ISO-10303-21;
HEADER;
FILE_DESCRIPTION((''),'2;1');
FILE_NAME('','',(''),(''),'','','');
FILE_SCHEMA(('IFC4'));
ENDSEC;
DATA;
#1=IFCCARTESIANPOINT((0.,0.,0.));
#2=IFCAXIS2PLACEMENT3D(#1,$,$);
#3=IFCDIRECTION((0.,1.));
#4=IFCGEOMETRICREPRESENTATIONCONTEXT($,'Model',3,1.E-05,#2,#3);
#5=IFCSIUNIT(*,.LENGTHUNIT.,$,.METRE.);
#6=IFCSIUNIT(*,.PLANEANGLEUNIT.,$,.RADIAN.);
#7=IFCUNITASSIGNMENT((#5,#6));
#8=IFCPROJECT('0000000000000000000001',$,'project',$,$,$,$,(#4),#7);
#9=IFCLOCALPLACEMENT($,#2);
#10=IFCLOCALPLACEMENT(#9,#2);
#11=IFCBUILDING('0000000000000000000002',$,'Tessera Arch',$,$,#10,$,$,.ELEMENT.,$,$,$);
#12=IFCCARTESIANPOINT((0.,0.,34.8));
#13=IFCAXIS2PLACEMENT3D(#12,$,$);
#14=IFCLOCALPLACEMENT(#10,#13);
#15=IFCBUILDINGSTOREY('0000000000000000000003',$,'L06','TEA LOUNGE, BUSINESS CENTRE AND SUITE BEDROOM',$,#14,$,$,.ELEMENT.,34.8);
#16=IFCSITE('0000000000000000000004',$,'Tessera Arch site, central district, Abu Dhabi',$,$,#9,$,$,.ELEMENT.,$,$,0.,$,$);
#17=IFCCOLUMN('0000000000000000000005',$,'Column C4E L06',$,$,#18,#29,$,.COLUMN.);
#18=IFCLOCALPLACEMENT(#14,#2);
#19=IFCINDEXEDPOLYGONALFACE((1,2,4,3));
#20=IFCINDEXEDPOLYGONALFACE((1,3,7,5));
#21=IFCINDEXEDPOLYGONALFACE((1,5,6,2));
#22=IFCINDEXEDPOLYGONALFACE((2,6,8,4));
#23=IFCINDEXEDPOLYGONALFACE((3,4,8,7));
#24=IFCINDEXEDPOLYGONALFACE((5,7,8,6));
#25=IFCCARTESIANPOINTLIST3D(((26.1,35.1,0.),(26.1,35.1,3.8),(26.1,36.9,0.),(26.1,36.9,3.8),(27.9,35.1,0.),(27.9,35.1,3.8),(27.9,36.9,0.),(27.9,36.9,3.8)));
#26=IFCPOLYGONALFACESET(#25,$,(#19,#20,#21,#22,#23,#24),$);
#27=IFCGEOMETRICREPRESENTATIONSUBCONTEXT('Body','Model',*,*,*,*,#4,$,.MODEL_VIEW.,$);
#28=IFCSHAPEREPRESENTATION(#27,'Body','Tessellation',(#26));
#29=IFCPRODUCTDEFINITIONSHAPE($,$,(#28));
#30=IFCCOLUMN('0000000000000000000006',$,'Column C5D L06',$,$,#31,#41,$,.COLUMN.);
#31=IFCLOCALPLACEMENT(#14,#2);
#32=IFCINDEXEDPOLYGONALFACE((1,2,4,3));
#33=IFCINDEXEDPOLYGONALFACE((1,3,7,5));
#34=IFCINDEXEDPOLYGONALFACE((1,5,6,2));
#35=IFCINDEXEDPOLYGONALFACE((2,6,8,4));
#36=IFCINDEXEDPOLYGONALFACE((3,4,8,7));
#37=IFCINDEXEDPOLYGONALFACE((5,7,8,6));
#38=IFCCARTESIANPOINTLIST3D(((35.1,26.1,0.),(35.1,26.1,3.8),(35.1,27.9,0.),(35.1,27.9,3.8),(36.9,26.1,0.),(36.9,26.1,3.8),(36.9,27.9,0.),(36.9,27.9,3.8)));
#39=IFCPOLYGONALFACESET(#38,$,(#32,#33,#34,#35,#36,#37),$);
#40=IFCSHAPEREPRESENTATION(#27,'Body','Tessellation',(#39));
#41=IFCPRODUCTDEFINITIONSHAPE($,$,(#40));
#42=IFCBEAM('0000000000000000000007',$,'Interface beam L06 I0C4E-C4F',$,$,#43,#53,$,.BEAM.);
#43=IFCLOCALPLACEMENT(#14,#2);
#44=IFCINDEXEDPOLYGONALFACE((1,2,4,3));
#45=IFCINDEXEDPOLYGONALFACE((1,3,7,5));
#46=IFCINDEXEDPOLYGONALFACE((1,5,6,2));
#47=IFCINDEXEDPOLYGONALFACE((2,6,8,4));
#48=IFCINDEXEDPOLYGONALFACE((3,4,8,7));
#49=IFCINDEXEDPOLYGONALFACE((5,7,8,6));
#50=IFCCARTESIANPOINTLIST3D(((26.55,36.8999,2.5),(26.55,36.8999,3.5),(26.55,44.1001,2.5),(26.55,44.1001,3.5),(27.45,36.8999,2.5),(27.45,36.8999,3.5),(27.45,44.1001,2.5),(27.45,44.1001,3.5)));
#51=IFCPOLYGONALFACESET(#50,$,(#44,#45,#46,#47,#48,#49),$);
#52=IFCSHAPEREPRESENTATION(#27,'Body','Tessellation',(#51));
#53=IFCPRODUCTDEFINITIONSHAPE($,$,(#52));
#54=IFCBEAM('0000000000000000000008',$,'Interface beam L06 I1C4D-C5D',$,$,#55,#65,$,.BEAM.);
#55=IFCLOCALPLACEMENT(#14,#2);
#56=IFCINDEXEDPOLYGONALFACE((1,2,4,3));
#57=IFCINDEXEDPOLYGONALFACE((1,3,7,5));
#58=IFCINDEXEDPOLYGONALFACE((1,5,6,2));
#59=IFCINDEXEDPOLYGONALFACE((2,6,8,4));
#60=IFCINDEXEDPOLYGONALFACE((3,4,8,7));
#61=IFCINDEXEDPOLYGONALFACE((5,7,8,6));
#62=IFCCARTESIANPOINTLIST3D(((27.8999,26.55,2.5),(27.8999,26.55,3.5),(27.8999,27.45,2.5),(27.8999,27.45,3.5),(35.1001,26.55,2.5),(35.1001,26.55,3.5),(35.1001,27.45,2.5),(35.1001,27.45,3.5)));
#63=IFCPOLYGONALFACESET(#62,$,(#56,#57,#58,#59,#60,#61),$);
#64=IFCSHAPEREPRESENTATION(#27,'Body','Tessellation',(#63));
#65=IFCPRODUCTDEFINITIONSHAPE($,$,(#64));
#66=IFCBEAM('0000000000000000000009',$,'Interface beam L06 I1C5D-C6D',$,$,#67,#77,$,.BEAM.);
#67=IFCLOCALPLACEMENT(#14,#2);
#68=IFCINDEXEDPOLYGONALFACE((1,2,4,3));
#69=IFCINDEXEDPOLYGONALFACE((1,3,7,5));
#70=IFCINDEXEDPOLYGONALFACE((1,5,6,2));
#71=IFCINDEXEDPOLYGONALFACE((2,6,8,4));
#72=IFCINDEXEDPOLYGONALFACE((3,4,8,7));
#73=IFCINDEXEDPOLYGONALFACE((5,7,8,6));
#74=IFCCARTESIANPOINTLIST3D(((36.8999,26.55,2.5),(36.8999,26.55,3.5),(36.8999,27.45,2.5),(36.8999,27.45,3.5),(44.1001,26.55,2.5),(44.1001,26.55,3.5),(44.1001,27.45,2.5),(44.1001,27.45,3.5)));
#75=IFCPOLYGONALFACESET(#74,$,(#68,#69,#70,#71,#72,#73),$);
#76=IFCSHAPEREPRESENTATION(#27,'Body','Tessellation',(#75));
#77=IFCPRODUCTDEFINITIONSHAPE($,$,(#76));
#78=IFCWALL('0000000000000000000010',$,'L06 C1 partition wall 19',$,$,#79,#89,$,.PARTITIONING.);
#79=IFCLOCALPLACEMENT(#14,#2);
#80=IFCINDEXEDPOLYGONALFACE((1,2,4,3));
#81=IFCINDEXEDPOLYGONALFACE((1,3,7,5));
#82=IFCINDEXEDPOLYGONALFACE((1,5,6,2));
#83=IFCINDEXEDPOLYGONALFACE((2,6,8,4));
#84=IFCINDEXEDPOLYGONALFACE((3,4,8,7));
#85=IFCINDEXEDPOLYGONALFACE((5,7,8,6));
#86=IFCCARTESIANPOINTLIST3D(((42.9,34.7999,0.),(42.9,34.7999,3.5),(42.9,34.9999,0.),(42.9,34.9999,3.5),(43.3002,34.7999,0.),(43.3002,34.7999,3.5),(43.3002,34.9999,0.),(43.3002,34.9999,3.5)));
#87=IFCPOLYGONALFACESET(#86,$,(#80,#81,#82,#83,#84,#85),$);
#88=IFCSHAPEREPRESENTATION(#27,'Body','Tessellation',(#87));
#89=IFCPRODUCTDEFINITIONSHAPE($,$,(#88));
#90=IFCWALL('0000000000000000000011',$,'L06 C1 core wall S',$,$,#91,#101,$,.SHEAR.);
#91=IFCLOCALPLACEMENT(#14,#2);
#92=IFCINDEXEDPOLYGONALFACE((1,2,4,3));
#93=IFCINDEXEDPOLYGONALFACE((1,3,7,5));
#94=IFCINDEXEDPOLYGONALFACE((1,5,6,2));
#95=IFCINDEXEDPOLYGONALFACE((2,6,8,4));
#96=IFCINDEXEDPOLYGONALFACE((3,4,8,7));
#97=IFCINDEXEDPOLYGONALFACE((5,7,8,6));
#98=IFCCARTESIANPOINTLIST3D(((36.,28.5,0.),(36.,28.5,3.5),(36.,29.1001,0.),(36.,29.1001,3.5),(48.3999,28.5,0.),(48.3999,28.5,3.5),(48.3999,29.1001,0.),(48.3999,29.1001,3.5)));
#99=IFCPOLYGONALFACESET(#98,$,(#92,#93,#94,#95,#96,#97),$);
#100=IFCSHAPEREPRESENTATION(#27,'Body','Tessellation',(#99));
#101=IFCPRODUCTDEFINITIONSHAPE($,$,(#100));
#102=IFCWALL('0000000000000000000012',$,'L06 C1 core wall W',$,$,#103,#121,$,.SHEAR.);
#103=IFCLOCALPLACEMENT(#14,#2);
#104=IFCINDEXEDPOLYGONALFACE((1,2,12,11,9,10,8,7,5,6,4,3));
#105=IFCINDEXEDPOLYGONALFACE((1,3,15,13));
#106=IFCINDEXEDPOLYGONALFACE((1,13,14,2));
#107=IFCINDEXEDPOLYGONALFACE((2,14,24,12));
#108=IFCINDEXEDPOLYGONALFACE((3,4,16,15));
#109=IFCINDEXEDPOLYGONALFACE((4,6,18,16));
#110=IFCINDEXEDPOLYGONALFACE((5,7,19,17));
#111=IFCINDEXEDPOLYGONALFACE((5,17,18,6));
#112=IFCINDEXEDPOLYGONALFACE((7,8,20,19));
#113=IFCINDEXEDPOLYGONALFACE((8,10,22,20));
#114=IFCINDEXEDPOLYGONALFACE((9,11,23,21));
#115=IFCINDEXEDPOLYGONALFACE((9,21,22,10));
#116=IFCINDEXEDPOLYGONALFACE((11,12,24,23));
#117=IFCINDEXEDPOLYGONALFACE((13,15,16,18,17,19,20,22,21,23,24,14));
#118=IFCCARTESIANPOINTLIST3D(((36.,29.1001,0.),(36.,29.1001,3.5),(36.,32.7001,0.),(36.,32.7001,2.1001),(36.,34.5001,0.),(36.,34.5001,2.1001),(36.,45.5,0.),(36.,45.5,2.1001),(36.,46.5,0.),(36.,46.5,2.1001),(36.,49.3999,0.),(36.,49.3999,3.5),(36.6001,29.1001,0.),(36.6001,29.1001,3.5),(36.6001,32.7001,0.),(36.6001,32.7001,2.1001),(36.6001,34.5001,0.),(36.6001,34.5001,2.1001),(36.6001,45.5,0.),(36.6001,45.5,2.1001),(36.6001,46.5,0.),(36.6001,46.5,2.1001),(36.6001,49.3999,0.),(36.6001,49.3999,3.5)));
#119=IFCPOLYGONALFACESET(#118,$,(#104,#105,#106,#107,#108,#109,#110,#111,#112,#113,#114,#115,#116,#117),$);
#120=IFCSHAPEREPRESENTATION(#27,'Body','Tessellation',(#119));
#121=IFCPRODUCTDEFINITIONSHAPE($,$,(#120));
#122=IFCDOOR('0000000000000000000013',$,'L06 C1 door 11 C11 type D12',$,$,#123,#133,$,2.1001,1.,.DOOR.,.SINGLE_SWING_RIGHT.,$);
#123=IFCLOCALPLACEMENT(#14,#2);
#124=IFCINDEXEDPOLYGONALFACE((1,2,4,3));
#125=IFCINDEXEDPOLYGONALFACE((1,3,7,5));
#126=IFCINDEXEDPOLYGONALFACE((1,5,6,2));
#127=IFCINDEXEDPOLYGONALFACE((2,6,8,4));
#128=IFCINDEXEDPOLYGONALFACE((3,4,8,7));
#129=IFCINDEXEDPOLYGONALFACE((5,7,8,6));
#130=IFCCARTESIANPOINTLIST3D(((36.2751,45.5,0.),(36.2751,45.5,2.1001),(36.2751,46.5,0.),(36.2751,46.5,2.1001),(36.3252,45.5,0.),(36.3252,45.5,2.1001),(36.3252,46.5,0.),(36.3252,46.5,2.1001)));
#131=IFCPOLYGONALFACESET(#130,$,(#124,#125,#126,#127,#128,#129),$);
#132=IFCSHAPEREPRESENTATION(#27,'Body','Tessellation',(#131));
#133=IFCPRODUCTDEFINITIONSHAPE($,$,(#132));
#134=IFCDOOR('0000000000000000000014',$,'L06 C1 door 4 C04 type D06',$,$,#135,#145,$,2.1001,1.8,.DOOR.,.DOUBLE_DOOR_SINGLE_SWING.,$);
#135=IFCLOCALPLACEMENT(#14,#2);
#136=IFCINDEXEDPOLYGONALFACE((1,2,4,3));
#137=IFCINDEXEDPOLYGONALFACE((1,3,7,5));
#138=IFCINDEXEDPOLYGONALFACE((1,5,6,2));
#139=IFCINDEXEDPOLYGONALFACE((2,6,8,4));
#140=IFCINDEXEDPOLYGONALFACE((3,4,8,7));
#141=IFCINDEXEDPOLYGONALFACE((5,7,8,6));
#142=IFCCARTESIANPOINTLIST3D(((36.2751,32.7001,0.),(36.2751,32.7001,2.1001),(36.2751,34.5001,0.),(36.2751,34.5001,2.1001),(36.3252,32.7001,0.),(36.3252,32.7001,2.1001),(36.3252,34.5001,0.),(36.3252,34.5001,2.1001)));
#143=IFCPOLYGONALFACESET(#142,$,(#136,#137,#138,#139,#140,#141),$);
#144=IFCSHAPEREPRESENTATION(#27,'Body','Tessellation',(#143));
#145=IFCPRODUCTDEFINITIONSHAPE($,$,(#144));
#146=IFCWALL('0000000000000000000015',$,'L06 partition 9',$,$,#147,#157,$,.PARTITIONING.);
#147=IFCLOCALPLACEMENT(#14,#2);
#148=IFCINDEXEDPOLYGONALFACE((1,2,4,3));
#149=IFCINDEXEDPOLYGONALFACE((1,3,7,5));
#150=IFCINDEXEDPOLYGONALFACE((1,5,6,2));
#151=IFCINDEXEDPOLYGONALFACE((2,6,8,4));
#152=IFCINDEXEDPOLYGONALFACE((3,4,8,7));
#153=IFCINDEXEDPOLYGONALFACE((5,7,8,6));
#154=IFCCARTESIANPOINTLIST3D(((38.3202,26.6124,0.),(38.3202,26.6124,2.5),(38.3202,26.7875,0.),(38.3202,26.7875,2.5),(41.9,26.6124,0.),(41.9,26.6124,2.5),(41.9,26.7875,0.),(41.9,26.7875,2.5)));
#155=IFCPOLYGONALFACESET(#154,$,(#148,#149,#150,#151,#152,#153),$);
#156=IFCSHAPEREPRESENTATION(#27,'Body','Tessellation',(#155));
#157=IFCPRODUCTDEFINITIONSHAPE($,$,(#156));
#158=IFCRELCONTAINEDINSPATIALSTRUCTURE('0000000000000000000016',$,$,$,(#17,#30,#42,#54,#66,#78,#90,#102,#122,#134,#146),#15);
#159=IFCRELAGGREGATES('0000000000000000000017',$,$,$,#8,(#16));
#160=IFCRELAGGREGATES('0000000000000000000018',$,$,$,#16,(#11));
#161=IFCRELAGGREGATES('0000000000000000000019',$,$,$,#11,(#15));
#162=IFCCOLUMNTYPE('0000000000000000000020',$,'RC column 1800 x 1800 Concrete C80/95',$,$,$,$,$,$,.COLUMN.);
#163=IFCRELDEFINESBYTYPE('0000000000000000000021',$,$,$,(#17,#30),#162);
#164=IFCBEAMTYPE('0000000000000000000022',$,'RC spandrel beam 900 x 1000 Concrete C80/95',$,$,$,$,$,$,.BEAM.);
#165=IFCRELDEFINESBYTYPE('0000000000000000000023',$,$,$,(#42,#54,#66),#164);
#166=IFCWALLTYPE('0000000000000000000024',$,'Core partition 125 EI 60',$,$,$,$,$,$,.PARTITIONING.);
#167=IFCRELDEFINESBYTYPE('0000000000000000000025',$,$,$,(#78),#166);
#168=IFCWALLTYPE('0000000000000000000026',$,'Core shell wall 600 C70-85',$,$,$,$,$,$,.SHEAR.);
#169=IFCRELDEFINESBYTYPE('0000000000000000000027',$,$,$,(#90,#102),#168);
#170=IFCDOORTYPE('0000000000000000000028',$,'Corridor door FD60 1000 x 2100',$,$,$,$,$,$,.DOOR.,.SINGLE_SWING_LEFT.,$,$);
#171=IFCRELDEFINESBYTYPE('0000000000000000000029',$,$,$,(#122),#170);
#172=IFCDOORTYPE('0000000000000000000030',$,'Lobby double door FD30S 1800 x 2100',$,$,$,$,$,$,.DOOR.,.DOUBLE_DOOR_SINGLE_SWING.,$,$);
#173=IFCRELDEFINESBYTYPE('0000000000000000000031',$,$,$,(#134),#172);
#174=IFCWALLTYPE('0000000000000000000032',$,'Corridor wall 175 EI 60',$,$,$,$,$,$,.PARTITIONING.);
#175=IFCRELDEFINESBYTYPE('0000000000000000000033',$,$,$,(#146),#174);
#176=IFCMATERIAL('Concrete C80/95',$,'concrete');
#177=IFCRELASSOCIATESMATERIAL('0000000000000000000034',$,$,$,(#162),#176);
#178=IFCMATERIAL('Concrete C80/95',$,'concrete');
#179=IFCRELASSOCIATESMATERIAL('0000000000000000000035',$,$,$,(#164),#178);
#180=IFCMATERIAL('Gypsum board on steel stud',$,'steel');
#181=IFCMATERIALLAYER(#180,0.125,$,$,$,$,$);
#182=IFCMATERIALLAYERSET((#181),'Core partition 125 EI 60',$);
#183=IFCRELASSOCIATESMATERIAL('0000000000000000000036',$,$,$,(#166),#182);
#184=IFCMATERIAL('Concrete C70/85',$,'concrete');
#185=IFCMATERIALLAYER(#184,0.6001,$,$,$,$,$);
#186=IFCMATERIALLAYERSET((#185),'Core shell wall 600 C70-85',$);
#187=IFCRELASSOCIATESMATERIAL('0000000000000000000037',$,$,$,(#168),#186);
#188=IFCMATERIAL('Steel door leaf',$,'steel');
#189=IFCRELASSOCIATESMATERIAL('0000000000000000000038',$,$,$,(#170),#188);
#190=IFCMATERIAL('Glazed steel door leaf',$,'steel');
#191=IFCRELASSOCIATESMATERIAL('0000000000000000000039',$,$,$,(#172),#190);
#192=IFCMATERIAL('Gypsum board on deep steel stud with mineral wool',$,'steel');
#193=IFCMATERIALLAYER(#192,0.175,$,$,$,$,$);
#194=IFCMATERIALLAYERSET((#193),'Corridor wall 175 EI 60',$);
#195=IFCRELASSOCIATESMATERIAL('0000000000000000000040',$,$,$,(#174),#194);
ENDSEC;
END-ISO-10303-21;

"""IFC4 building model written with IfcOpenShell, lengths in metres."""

from ifc_helpers import new_model, si_unit, direction, frame, frame_2d, origin, origin_2d, place, context, subcontext, project, spatial, rectangle, extrude, material, layer, layer_set, material_profile, profile_set, type_object, element, fill, save


model = new_model("IFC4")

# Units and contexts
model_context = context("Model", 3, precision=1e-05, world=origin(), true_north=direction((0.0, 1.0)))
body_context = subcontext(model_context, "Body", "Model", "MODEL_VIEW")
ifc_project = project(units=[si_unit("LENGTHUNIT", "METRE"), si_unit("PLANEANGLEUNIT", "RADIAN")], contexts=[model_context])

# Site, building, storey
site_placement = place(None, origin())
site = spatial("IfcSite", under=ifc_project, at=site_placement, Name="Tessera Arch site, central district, Abu Dhabi", CompositionType="ELEMENT", RefElevation=0.0)
building_placement = place(site_placement, origin())
building = spatial("IfcBuilding", under=site, at=building_placement, Name="Tessera Arch", CompositionType="ELEMENT")
storey_placement = place(building_placement, frame((0.0, 0.0, 34.8)))
storey = spatial("IfcBuildingStorey", under=building, at=storey_placement, Name="L06", Description="TEA LOUNGE, BUSINESS CENTRE AND SUITE BEDROOM", CompositionType="ELEMENT", Elevation=34.8)

# Columns
ifc_material_1 = material(Name="Concrete C80/95", Category="concrete")
ifc_material_profile_1 = material_profile(ifc_material_1, rectangle(XDim=1.8, YDim=1.8, at=origin_2d()), Name="RC column 1800 x 1800 Concrete C80/95")
ifc_profile_set_1 = profile_set([ifc_material_profile_1], Name="Concrete C80/95")
column_type = type_object("IfcColumnType", Name="RC column 1800 x 1800 Concrete C80/95", PredefinedType="COLUMN", material=ifc_profile_set_1)
for number, where, z_axis, x_axis, name in (
    (1, (27.0, 36.0, 0.0), (0.0, 0.0, 1.0), (1.0, 0.0, 0.0), "Column C4E L06"),
    (2, (36.0, 27.0, 0.0), (0.0, 0.0, 1.0), (1.0, 0.0, 0.0), "Column C5D L06"),
):
    element("IfcColumn", number, at=place(storey_placement, frame(where, z_axis=z_axis, x_axis=x_axis)), inside=storey, type_object=column_type, Name=name, PredefinedType="COLUMN", context=body_context, shape_type="SweptSolid", body=[
        extrude(rectangle(XDim=1.8, YDim=1.8, at=origin_2d()), origin(), (0.0, 0.0, 1.0), 3.8),
    ])

# Beams
ifc_material_2 = material(Name="Concrete C80/95", Category="concrete")
ifc_material_profile_2 = material_profile(ifc_material_2, rectangle(XDim=0.8999, YDim=1.0, at=origin_2d()), Name="RC spandrel beam 900 x 1000 Concrete C80/95")
ifc_profile_set_2 = profile_set([ifc_material_profile_2], Name="Concrete C80/95")
beam_type = type_object("IfcBeamType", Name="RC spandrel beam 900 x 1000 Concrete C80/95", PredefinedType="BEAM", material=ifc_profile_set_2)
for number, where, z_axis, x_axis, name in (
    (3, (27.0, 36.8999, 3.0), (0.0, 1.0, 0.0), (-1.0, 0.0, 0.0), "Interface beam L06 I0C4E-C4F"),
    (4, (27.8999, 27.0, 3.0), (1.0, 0.0, 0.0), (0.0, 1.0, 0.0), "Interface beam L06 I1C4D-C5D"),
    (5, (36.8999, 27.0, 3.0), (1.0, 0.0, 0.0), (0.0, 1.0, 0.0), "Interface beam L06 I1C5D-C6D"),
):
    element("IfcBeam", number, at=place(storey_placement, frame(where, z_axis=z_axis, x_axis=x_axis)), inside=storey, type_object=beam_type, Name=name, PredefinedType="BEAM", context=body_context, shape_type="SweptSolid", body=[
        extrude(rectangle(XDim=0.8999, YDim=1.0, at=origin_2d()), origin(), (0.0, 0.0, 1.0), 7.2002),
    ])

# Walls
ifc_material_3 = material(Name="Gypsum board on steel stud", Category="steel")
ifc_layer_1 = layer(ifc_material_3, 0.125)
ifc_layer_set_1 = layer_set([ifc_layer_1], Name="Core partition 125 EI 60")
wall_type_1 = type_object("IfcWallType", Name="Core partition 125 EI 60", PredefinedType="PARTITIONING", material=ifc_layer_set_1)
wall_1_placement = place(storey_placement, frame((42.8999, 34.8999, 0.0), z_axis=(0.0, 0.0, 1.0), x_axis=(1.0, 0.0, 0.0)))
element("IfcWall", 6, at=wall_1_placement, inside=storey, type_object=wall_type_1, Name="L06 C1 partition wall 19", PredefinedType="PARTITIONING", context=body_context, shape_type="SweptSolid", body=[
    extrude(rectangle(XDim=0.4001, YDim=0.2, at=frame_2d((0.2002, 0.0))), origin(), (0.0, 0.0, 1.0), 3.5),
])
ifc_material_4 = material(Name="Concrete C70/85", Category="concrete")
ifc_layer_2 = layer(ifc_material_4, 0.6001)
ifc_layer_set_2 = layer_set([ifc_layer_2], Name="Core shell wall 600 C70-85")
wall_type_2 = type_object("IfcWallType", Name="Core shell wall 600 C70-85", PredefinedType="SHEAR", material=ifc_layer_set_2)
wall_2_placement = place(storey_placement, frame((36.0, 28.8, 0.0), z_axis=(0.0, 0.0, 1.0), x_axis=(1.0, 0.0, 0.0)))
element("IfcWall", 7, at=wall_2_placement, inside=storey, type_object=wall_type_2, Name="L06 C1 core wall S", PredefinedType="SHEAR", context=body_context, shape_type="SweptSolid", body=[
    extrude(rectangle(XDim=12.3999, YDim=0.6001, at=frame_2d((6.2, 0.0))), origin(), (0.0, 0.0, 1.0), 3.5),
])

# Wall, openings, doors
wall_3_placement = place(storey_placement, frame((36.3, 29.1001, 0.0), z_axis=(0.0, 0.0, 1.0), x_axis=(0.0, 1.0, 0.0)))
wall_3 = element("IfcWall", 8, at=wall_3_placement, inside=storey, type_object=wall_type_2, Name="L06 C1 core wall W", PredefinedType="SHEAR", context=body_context, shape_type="SweptSolid", body=[
    extrude(rectangle(XDim=20.2998, YDim=0.6001, at=frame_2d((10.1499, 0.0))), origin(), (0.0, 0.0, 1.0), 3.5),
])
opening_1_placement = place(wall_3_placement, frame((3.6001, 0.0, 0.0)))
opening_1 = element("IfcOpeningElement", 9, at=opening_1_placement, cuts=wall_3, PredefinedType="OPENING", context=body_context, shape_type="SweptSolid", body=[
    extrude(rectangle(XDim=1.8, YDim=2.1001, at=frame_2d((0.8999, 1.05))), frame((0.0, 0.3101, 0.0), z_axis=(0.0, -1.0, 0.0), x_axis=(1.0, 0.0, 0.0)), (0.0, 0.0, 1.0), 0.6201),
])
opening_2_placement = place(wall_3_placement, frame((16.3999, 0.0, 0.0)))
opening_2 = element("IfcOpeningElement", 10, at=opening_2_placement, cuts=wall_3, PredefinedType="OPENING", context=body_context, shape_type="SweptSolid", body=[
    extrude(rectangle(XDim=1.0, YDim=2.1001, at=frame_2d((0.5, 1.05))), frame((0.0, 0.3101, 0.0), z_axis=(0.0, -1.0, 0.0), x_axis=(1.0, 0.0, 0.0)), (0.0, 0.0, 1.0), 0.6201),
])
ifc_material_5 = material(Name="Steel door leaf", Category="steel")
door_type_1 = type_object("IfcDoorType", Name="Corridor door FD60 1000 x 2100", OperationType="SINGLE_SWING_LEFT", PredefinedType="DOOR", material=ifc_material_5)
door_1_placement = place(opening_2_placement, origin())
door_1 = element("IfcDoor", 11, at=door_1_placement, inside=storey, type_object=door_type_1, Name="L06 C1 door 11 C11 type D12", OperationType="SINGLE_SWING_RIGHT", OverallHeight=2.1001, OverallWidth=1.0, PredefinedType="DOOR", context=body_context, shape_type="SweptSolid", body=[
    extrude(rectangle(XDim=1.0, YDim=2.1001, at=frame_2d((0.5, 1.05))), frame((0.0, 0.0249, 0.0), z_axis=(0.0, -1.0, 0.0), x_axis=(1.0, 0.0, 0.0)), (0.0, 0.0, 1.0), 0.05),
])
fill(opening_2, door_1)
ifc_material_6 = material(Name="Glazed steel door leaf", Category="steel")
door_type_2 = type_object("IfcDoorType", Name="Lobby double door FD30S 1800 x 2100", OperationType="DOUBLE_DOOR_SINGLE_SWING", PredefinedType="DOOR", material=ifc_material_6)
door_2_placement = place(opening_1_placement, origin())
door_2 = element("IfcDoor", 12, at=door_2_placement, inside=storey, type_object=door_type_2, Name="L06 C1 door 4 C04 type D06", OperationType="DOUBLE_DOOR_SINGLE_SWING", OverallHeight=2.1001, OverallWidth=1.8, PredefinedType="DOOR", context=body_context, shape_type="SweptSolid", body=[
    extrude(rectangle(XDim=1.8, YDim=2.1001, at=frame_2d((0.8999, 1.05))), frame((0.0, 0.0249, 0.0), z_axis=(0.0, -1.0, 0.0), x_axis=(1.0, 0.0, 0.0)), (0.0, 0.0, 1.0), 0.05),
])
fill(opening_1, door_2)

# Wall
ifc_material_7 = material(Name="Gypsum board on deep steel stud with mineral wool", Category="steel")
ifc_layer_3 = layer(ifc_material_7, 0.175)
ifc_layer_set_3 = layer_set([ifc_layer_3], Name="Corridor wall 175 EI 60")
wall_type_3 = type_object("IfcWallType", Name="Corridor wall 175 EI 60", PredefinedType="PARTITIONING", material=ifc_layer_set_3)
wall_4_placement = place(storey_placement, frame((38.3201, 26.7, 0.0), z_axis=(0.0, 0.0, 1.0), x_axis=(1.0, 0.0, 0.0)))
element("IfcWall", 13, at=wall_4_placement, inside=storey, type_object=wall_type_3, Name="L06 partition 9", PredefinedType="PARTITIONING", context=body_context, shape_type="SweptSolid", body=[
    extrude(rectangle(XDim=3.5798, YDim=0.175, at=frame_2d((1.79, 0.0))), origin(), (0.0, 0.0, 1.0), 2.5),
])

save(model, "model.ifc")
